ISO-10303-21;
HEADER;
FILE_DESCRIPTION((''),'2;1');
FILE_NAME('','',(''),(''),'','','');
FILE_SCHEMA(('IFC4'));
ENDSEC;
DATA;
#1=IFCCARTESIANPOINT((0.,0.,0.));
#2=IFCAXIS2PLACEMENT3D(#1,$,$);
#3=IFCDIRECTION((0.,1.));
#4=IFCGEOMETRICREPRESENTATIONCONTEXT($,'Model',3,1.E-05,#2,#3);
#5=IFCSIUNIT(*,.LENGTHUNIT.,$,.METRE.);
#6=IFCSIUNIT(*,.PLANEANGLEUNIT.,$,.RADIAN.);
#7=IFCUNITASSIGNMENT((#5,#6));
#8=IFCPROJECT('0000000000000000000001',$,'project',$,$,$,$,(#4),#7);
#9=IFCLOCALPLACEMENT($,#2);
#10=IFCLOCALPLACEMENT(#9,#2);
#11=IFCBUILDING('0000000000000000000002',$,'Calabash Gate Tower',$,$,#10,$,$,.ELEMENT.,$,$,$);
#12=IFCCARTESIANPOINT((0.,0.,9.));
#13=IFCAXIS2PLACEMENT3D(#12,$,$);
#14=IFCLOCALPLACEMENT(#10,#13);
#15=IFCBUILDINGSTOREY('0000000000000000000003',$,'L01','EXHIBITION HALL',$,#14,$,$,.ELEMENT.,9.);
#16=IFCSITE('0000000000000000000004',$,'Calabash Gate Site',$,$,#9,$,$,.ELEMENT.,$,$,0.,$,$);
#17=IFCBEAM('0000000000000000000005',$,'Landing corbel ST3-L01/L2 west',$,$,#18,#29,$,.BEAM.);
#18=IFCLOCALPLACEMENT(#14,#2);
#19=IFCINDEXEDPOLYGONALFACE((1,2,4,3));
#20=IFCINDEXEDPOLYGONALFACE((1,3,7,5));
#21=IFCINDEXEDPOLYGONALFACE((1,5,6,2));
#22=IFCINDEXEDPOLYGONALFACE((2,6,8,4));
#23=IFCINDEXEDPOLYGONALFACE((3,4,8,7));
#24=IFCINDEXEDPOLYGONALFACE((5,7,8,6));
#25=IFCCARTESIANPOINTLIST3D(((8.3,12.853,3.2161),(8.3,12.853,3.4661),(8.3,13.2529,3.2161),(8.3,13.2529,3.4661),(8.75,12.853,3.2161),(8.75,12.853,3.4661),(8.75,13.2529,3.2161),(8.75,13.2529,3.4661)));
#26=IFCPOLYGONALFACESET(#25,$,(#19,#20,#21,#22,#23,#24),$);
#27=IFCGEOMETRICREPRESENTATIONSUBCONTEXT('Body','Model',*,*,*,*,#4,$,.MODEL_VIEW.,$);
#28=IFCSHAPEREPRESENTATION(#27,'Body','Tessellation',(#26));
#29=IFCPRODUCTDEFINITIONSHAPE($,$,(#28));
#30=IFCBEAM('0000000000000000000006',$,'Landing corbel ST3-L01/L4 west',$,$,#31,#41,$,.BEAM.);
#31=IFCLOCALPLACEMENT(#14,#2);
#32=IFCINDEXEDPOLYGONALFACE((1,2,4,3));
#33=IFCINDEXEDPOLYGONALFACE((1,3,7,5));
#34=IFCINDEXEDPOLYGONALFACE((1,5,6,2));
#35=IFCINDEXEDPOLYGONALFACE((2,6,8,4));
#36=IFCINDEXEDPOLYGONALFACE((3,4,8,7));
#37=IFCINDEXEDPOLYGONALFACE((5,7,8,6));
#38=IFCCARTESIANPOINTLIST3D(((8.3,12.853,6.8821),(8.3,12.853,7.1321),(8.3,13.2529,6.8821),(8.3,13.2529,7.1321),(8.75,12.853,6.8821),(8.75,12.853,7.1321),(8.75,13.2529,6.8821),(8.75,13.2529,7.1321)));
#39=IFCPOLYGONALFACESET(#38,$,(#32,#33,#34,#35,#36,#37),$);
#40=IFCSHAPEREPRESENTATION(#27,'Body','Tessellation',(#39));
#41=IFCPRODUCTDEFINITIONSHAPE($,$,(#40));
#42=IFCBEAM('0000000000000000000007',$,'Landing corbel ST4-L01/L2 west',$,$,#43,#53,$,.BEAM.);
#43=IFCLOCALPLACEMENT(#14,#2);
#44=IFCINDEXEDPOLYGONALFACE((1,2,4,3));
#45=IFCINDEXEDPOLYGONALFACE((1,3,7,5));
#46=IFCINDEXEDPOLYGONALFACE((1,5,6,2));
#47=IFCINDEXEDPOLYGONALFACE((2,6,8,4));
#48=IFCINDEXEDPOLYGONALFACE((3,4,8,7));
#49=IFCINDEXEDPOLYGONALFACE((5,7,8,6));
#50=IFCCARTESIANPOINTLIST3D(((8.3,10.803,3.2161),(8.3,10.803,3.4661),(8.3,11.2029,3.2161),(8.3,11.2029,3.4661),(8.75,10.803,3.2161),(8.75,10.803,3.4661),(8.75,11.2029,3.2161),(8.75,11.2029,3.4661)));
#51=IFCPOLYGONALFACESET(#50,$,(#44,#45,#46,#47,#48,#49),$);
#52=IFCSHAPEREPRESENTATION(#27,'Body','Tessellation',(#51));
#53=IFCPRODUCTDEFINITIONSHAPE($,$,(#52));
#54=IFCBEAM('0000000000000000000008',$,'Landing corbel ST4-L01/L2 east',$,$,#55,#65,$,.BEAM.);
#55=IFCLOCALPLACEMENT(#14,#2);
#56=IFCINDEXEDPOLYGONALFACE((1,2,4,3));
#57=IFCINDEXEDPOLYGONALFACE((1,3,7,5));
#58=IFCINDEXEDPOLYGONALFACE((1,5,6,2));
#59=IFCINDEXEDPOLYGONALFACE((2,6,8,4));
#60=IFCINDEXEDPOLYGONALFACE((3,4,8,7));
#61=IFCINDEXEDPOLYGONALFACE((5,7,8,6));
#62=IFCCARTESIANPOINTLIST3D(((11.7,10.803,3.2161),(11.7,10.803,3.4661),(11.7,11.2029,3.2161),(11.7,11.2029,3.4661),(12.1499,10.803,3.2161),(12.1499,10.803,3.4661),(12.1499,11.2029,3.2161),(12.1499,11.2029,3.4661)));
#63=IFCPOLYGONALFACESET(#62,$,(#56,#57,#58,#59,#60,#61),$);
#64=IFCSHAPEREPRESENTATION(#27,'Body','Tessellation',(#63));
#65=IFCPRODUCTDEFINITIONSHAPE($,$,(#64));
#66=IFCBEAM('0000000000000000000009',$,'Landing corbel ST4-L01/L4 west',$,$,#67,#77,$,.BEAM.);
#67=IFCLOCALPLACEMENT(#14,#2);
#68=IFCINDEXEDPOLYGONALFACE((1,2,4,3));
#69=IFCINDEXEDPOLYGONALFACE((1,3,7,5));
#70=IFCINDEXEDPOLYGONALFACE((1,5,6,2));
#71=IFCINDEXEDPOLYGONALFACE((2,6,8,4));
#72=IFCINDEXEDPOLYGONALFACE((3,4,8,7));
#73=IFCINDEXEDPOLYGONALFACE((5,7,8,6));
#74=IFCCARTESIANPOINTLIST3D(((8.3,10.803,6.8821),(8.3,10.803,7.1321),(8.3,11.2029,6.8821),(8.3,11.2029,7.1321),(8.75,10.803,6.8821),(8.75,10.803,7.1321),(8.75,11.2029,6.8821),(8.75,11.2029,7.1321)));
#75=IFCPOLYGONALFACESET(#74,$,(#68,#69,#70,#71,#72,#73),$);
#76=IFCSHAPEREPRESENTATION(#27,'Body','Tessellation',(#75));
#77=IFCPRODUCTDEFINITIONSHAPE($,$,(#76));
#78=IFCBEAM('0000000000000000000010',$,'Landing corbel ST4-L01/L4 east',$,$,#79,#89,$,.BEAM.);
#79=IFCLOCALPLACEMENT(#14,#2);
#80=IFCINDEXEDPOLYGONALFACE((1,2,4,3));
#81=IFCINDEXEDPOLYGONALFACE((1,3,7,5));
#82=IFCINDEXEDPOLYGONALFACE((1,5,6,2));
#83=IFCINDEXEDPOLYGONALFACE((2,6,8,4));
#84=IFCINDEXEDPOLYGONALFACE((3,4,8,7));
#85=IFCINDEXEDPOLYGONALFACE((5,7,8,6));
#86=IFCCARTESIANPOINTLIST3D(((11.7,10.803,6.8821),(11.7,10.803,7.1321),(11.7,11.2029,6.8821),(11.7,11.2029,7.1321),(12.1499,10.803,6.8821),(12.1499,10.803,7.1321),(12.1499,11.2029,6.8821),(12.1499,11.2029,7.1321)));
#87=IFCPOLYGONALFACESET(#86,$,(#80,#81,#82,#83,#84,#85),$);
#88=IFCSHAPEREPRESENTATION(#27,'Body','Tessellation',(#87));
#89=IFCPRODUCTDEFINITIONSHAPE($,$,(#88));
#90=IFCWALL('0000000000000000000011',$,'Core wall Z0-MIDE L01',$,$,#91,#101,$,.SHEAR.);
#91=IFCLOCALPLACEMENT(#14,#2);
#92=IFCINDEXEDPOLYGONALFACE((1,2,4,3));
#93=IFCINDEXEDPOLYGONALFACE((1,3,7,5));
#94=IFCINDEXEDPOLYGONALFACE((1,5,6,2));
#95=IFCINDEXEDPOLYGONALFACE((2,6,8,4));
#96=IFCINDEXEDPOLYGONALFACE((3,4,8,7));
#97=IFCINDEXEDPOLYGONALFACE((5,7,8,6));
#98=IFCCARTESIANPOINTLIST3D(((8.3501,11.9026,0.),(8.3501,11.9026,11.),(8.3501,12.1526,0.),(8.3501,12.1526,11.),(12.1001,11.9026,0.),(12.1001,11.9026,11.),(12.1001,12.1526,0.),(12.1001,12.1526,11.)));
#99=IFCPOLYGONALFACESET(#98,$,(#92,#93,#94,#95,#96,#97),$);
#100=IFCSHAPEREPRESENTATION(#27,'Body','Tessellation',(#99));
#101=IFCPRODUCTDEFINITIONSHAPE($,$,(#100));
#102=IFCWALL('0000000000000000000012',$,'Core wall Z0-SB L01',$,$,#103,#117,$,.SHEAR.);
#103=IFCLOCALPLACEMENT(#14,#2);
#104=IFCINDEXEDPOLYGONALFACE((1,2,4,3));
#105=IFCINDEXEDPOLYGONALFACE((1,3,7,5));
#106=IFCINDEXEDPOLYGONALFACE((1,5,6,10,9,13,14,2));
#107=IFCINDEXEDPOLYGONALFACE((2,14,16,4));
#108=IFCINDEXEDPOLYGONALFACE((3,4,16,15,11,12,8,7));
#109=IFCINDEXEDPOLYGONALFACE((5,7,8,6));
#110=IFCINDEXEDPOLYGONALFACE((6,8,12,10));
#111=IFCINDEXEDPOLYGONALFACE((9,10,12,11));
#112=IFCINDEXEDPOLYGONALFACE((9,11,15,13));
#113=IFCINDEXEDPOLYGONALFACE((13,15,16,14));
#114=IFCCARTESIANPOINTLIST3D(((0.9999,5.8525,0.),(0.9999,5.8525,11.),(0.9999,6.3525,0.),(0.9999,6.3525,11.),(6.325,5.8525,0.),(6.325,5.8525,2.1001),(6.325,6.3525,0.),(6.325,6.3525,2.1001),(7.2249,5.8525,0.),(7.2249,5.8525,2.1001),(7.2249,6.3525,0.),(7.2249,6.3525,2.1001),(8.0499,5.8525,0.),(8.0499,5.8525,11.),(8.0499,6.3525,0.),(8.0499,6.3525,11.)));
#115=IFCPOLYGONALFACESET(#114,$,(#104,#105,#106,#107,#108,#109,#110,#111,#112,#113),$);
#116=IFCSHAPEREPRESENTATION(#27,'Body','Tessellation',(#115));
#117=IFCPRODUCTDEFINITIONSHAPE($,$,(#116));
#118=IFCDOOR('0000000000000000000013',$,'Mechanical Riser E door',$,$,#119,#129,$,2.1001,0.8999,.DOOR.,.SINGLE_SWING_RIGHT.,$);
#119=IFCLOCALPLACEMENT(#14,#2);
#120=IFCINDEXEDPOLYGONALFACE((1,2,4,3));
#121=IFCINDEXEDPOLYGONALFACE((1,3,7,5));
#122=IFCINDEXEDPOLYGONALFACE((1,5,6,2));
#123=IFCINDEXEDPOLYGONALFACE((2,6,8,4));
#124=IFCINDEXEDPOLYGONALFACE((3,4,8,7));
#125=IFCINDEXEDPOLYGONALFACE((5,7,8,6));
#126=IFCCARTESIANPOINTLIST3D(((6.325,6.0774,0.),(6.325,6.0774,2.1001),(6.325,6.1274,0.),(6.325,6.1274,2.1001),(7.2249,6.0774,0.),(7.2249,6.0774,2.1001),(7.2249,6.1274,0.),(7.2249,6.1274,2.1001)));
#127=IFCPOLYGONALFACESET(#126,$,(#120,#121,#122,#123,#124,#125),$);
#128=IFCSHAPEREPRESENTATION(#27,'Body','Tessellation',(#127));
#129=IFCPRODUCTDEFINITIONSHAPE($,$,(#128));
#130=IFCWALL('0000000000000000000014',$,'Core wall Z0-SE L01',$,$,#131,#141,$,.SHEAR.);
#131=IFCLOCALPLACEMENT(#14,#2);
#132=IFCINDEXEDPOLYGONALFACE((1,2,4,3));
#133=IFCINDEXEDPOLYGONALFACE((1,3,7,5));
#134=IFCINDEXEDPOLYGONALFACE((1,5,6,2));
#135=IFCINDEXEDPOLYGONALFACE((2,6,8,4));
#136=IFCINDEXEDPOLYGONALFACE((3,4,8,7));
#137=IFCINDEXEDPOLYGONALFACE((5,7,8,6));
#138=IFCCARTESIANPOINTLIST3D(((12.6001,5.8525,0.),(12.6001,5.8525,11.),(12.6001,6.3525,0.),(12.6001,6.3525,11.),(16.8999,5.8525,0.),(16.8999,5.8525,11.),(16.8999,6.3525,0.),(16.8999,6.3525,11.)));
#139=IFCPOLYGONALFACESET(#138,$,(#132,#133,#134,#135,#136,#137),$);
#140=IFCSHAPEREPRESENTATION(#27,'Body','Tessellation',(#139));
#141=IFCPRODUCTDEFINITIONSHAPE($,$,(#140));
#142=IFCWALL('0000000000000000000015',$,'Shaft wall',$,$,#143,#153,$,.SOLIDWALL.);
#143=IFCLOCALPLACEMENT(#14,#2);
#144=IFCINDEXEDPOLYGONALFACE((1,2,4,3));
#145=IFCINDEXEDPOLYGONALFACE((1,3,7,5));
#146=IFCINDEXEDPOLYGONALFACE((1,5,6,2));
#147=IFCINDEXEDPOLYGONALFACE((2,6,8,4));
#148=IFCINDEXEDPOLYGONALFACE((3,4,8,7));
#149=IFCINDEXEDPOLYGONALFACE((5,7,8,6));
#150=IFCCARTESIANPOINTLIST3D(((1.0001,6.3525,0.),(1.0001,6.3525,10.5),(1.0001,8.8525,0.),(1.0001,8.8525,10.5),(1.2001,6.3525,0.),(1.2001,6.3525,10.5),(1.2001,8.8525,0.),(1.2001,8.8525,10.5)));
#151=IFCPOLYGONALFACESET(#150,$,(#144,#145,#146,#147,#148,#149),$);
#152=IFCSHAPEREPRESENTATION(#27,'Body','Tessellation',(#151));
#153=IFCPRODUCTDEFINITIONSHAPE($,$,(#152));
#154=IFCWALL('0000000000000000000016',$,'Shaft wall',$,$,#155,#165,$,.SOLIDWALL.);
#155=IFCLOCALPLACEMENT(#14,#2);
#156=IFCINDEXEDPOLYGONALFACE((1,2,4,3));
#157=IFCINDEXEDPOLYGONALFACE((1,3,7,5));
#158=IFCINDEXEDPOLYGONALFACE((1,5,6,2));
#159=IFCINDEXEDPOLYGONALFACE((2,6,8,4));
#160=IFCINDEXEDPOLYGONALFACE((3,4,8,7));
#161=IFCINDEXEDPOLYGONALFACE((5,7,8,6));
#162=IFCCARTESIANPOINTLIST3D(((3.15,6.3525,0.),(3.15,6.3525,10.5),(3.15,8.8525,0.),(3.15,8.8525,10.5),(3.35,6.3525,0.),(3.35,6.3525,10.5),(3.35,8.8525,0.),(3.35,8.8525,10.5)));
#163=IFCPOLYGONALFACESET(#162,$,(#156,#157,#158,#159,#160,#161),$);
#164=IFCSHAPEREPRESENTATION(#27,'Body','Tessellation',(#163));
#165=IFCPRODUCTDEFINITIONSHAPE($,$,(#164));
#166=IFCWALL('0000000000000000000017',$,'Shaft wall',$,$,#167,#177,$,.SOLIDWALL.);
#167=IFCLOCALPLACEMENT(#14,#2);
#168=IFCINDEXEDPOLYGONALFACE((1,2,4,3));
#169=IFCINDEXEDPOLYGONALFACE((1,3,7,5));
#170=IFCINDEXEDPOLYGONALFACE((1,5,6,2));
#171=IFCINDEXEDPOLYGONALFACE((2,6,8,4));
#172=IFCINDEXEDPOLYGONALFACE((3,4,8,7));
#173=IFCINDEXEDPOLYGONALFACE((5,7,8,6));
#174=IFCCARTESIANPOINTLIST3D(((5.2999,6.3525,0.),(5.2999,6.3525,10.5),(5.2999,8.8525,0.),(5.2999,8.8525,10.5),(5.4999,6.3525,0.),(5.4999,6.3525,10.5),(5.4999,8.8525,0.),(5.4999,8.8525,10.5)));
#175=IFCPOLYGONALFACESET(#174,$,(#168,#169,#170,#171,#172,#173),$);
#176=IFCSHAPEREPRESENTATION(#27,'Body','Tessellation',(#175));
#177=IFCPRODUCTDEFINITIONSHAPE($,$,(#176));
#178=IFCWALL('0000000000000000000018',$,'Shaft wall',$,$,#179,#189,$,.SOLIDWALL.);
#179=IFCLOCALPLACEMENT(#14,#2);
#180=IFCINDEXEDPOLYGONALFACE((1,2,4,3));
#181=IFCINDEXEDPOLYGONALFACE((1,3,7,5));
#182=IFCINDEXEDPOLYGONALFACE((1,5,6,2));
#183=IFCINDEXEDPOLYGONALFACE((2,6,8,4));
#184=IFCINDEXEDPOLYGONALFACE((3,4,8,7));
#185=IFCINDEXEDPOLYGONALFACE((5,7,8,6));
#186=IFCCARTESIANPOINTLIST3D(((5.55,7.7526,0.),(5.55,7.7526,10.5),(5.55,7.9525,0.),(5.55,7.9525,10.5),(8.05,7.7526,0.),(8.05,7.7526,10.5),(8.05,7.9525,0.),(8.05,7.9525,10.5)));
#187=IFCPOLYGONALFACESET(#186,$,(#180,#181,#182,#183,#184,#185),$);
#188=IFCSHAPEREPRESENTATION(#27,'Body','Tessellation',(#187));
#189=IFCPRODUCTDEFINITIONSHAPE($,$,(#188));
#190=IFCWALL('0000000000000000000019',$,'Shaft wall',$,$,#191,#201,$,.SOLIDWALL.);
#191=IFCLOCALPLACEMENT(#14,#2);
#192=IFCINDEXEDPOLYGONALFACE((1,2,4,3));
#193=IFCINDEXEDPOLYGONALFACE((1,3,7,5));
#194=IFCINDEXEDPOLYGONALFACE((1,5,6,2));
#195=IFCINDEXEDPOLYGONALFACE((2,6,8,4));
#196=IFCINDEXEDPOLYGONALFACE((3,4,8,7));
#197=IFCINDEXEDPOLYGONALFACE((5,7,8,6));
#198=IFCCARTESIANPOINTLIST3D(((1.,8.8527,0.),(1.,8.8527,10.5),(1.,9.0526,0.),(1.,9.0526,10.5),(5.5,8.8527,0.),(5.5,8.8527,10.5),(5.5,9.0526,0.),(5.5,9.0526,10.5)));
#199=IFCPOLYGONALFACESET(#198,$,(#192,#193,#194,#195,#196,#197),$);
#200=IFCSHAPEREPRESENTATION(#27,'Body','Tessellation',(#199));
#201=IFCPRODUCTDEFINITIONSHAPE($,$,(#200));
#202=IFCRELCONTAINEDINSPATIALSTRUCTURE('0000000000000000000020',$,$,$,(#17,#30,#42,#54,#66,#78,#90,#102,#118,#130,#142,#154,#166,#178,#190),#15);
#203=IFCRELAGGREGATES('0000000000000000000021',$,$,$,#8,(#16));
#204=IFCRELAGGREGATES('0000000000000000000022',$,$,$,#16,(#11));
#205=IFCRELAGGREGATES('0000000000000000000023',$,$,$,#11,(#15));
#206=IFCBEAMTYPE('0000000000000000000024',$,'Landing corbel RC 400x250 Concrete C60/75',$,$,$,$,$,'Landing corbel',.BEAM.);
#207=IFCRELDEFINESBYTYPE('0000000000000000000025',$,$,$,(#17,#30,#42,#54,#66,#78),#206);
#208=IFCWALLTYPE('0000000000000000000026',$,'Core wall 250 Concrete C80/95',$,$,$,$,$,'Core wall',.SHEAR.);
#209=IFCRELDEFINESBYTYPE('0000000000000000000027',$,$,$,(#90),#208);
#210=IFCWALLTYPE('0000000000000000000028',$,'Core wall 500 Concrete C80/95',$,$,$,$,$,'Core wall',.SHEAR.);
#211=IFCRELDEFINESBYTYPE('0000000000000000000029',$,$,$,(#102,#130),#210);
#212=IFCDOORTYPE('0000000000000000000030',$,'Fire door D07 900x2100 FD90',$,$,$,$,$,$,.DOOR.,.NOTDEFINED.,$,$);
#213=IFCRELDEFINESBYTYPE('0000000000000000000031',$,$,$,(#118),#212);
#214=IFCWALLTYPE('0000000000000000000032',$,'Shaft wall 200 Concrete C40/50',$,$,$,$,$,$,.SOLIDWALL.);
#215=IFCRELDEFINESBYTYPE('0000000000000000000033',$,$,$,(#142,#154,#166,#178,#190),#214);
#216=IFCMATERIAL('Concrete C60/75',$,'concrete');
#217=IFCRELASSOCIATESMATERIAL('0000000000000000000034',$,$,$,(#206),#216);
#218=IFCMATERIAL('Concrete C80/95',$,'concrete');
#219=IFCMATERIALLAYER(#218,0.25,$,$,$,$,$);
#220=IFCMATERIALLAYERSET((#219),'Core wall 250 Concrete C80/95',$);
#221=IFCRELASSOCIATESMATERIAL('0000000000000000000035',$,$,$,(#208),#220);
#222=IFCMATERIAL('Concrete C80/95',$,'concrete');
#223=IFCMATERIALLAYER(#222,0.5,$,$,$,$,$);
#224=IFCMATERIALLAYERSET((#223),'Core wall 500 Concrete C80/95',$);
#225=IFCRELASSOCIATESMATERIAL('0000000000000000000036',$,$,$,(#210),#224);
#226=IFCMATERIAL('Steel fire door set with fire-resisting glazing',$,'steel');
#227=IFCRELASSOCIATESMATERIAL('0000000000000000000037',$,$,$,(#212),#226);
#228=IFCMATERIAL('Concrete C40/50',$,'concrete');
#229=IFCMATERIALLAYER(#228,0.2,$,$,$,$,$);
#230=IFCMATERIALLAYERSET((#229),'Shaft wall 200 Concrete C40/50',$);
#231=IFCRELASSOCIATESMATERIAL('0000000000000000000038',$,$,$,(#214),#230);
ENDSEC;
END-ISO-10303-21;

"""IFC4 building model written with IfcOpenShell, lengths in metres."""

from ifc_helpers import new_model, si_unit, direction, frame, frame_2d, origin, origin_2d, place, context, subcontext, project, spatial, rectangle, extrude, material, layer, layer_set, material_profile, profile_set, type_object, element, fill, save


model = new_model("IFC4")

# Units and contexts
model_context = context("Model", 3, precision=1e-05, world=origin(), true_north=direction((0.0, 1.0)))
body_context = subcontext(model_context, "Body", "Model", "MODEL_VIEW")
ifc_project = project(units=[si_unit("LENGTHUNIT", "METRE"), si_unit("PLANEANGLEUNIT", "RADIAN")], contexts=[model_context])

# Site, building, storey
site_placement = place(None, origin())
site = spatial("IfcSite", under=ifc_project, at=site_placement, Name="Calabash Gate Site", CompositionType="ELEMENT", RefElevation=0.0)
building_placement = place(site_placement, origin())
building = spatial("IfcBuilding", under=site, at=building_placement, Name="Calabash Gate Tower", CompositionType="ELEMENT")
storey_placement = place(building_placement, frame((0.0, 0.0, 9.0)))
storey = spatial("IfcBuildingStorey", under=building, at=storey_placement, Name="L01", Description="EXHIBITION HALL", CompositionType="ELEMENT", Elevation=9.0)

# Beams
ifc_material_1 = material(Name="Concrete C60/75", Category="concrete")
ifc_material_profile = material_profile(ifc_material_1, rectangle(XDim=0.3999, YDim=0.25, at=origin_2d()))
ifc_profile_set = profile_set([ifc_material_profile], Name="Concrete C60/75")
beam_type = type_object("IfcBeamType", Name="Landing corbel RC 400x250 Concrete C60/75", ElementType="Landing corbel", PredefinedType="BEAM", material=ifc_profile_set)
for number, where, z_axis, x_axis, name in (
    (1, (8.3, 13.053, 3.3411), (1.0, 0.0, 0.0), (0.0, 1.0, 0.0), "Landing corbel ST3-L01/L2 west"),
    (2, (8.3, 13.053, 7.0071), (1.0, 0.0, 0.0), (0.0, 1.0, 0.0), "Landing corbel ST3-L01/L4 west"),
    (3, (8.3, 11.0029, 3.3411), (1.0, 0.0, 0.0), (0.0, 1.0, 0.0), "Landing corbel ST4-L01/L2 west"),
    (4, (12.1499, 11.0029, 3.3411), (-1.0, 0.0, 0.0), (0.0, -1.0, 0.0), "Landing corbel ST4-L01/L2 east"),
    (5, (8.3, 11.0029, 7.0071), (1.0, 0.0, 0.0), (0.0, 1.0, 0.0), "Landing corbel ST4-L01/L4 west"),
    (6, (12.1499, 11.0029, 7.0071), (-1.0, 0.0, 0.0), (0.0, -1.0, 0.0), "Landing corbel ST4-L01/L4 east"),
):
    element("IfcBeam", number, at=place(storey_placement, frame(where, z_axis=z_axis, x_axis=x_axis)), inside=storey, type_object=beam_type, Name=name, PredefinedType="BEAM", context=body_context, shape_type="SweptSolid", body=[
        extrude(rectangle(XDim=0.3999, YDim=0.25, at=origin_2d()), origin(), (0.0, 0.0, 1.0), 0.45),
    ])

# Wall
ifc_material_2 = material(Name="Concrete C80/95", Category="concrete")
ifc_layer_1 = layer(ifc_material_2, 0.25)
ifc_layer_set_1 = layer_set([ifc_layer_1], Name="Core wall 250 Concrete C80/95")
wall_type_1 = type_object("IfcWallType", Name="Core wall 250 Concrete C80/95", ElementType="Core wall", PredefinedType="SHEAR", material=ifc_layer_set_1)
wall_1_placement = place(storey_placement, frame((8.3501, 12.0276, 0.0), z_axis=(0.0, 0.0, 1.0), x_axis=(1.0, 0.0, 0.0)))
element("IfcWall", 7, at=wall_1_placement, inside=storey, type_object=wall_type_1, Name="Core wall Z0-MIDE L01", PredefinedType="SHEAR", context=body_context, shape_type="SweptSolid", body=[
    extrude(rectangle(XDim=3.75, YDim=0.25, at=frame_2d((1.875, 0.0))), origin(), (0.0, 0.0, 1.0), 11.0),
])

# Wall, opening, door
ifc_material_3 = material(Name="Concrete C80/95", Category="concrete")
ifc_layer_2 = layer(ifc_material_3, 0.5)
ifc_layer_set_2 = layer_set([ifc_layer_2], Name="Core wall 500 Concrete C80/95")
wall_type_2 = type_object("IfcWallType", Name="Core wall 500 Concrete C80/95", ElementType="Core wall", PredefinedType="SHEAR", material=ifc_layer_set_2)
wall_2_placement = place(storey_placement, frame((1.0, 6.1025, 0.0), z_axis=(0.0, 0.0, 1.0), x_axis=(1.0, 0.0, 0.0)))
wall_2 = element("IfcWall", 8, at=wall_2_placement, inside=storey, type_object=wall_type_2, Name="Core wall Z0-SB L01", PredefinedType="SHEAR", context=body_context, shape_type="SweptSolid", body=[
    extrude(rectangle(XDim=7.05, YDim=0.5, at=frame_2d((3.5249, 0.0))), origin(), (0.0, 0.0, 1.0), 11.0),
])
opening_1_placement = place(wall_2_placement, frame((5.325, 0.0, 0.0)))
opening_1 = element("IfcOpeningElement", 9, at=opening_1_placement, cuts=wall_2, PredefinedType="OPENING", context=body_context, shape_type="SweptSolid", body=[
    extrude(rectangle(XDim=0.8999, YDim=2.1001, at=frame_2d((0.45, 1.05))), frame((0.0, 0.26, 0.0), z_axis=(0.0, -1.0, 0.0), x_axis=(1.0, 0.0, 0.0)), (0.0, 0.0, 1.0), 0.52),
])
ifc_material_4 = material(Name="Steel fire door set with fire-resisting glazing", Category="steel")
door_type_1 = type_object("IfcDoorType", Name="Fire door D07 900x2100 FD90", OperationType="NOTDEFINED", PredefinedType="DOOR", material=ifc_material_4)
door_1_placement = place(opening_1_placement, origin())
door_1 = element("IfcDoor", 10, at=door_1_placement, inside=storey, type_object=door_type_1, Name="Mechanical Riser E door", OperationType="SINGLE_SWING_RIGHT", OverallHeight=2.1001, OverallWidth=0.8999, PredefinedType="DOOR", context=body_context, shape_type="SweptSolid", body=[
    extrude(rectangle(XDim=0.8999, YDim=2.1001, at=frame_2d((0.45, 1.05))), frame((0.0, 0.0249, 0.0), z_axis=(0.0, -1.0, 0.0), x_axis=(1.0, 0.0, 0.0)), (0.0, 0.0, 1.0), 0.05),
])
fill(opening_1, door_1)

# Walls
wall_3_placement = place(storey_placement, frame((12.6001, 6.1025, 0.0), z_axis=(0.0, 0.0, 1.0), x_axis=(1.0, 0.0, 0.0)))
element("IfcWall", 11, at=wall_3_placement, inside=storey, type_object=wall_type_2, Name="Core wall Z0-SE L01", PredefinedType="SHEAR", context=body_context, shape_type="SweptSolid", body=[
    extrude(rectangle(XDim=4.2998, YDim=0.5, at=frame_2d((2.1499, 0.0))), origin(), (0.0, 0.0, 1.0), 11.0),
])
ifc_material_5 = material(Name="Concrete C40/50", Category="concrete")
ifc_layer_3 = layer(ifc_material_5, 0.2)
ifc_layer_set_3 = layer_set([ifc_layer_3], Name="Shaft wall 200 Concrete C40/50")
wall_type_3 = type_object("IfcWallType", Name="Shaft wall 200 Concrete C40/50", PredefinedType="SOLIDWALL", material=ifc_layer_set_3)
for number, where, z_axis, x_axis, name in (
    (12, (1.1001, 6.3525, 0.0), (0.0, 0.0, 1.0), (0.0, 1.0, 0.0), "Shaft wall"),
    (13, (3.25, 6.3525, 0.0), (0.0, 0.0, 1.0), (0.0, 1.0, 0.0), "Shaft wall"),
    (14, (5.3999, 6.3525, 0.0), (0.0, 0.0, 1.0), (0.0, 1.0, 0.0), "Shaft wall"),
    (15, (5.55, 7.8525, 0.0), (0.0, 0.0, 1.0), (1.0, 0.0, 0.0), "Shaft wall"),
):
    element("IfcWall", number, at=place(storey_placement, frame(where, z_axis=z_axis, x_axis=x_axis)), inside=storey, type_object=wall_type_3, Name=name, PredefinedType="SOLIDWALL", context=body_context, shape_type="SweptSolid", body=[
        extrude(rectangle(XDim=2.5, YDim=0.2, at=frame_2d((1.25, 0.0))), origin(), (0.0, 0.0, 1.0), 10.5),
    ])
wall_4_placement = place(storey_placement, frame((1.0, 8.9526, 0.0), z_axis=(0.0, 0.0, 1.0), x_axis=(1.0, 0.0, 0.0)))
element("IfcWall", 16, at=wall_4_placement, inside=storey, type_object=wall_type_3, Name="Shaft wall", PredefinedType="SOLIDWALL", context=body_context, shape_type="SweptSolid", body=[
    extrude(rectangle(XDim=4.5, YDim=0.2, at=frame_2d((2.25, 0.0))), origin(), (0.0, 0.0, 1.0), 10.5),
])

save(model, "model.ifc")
